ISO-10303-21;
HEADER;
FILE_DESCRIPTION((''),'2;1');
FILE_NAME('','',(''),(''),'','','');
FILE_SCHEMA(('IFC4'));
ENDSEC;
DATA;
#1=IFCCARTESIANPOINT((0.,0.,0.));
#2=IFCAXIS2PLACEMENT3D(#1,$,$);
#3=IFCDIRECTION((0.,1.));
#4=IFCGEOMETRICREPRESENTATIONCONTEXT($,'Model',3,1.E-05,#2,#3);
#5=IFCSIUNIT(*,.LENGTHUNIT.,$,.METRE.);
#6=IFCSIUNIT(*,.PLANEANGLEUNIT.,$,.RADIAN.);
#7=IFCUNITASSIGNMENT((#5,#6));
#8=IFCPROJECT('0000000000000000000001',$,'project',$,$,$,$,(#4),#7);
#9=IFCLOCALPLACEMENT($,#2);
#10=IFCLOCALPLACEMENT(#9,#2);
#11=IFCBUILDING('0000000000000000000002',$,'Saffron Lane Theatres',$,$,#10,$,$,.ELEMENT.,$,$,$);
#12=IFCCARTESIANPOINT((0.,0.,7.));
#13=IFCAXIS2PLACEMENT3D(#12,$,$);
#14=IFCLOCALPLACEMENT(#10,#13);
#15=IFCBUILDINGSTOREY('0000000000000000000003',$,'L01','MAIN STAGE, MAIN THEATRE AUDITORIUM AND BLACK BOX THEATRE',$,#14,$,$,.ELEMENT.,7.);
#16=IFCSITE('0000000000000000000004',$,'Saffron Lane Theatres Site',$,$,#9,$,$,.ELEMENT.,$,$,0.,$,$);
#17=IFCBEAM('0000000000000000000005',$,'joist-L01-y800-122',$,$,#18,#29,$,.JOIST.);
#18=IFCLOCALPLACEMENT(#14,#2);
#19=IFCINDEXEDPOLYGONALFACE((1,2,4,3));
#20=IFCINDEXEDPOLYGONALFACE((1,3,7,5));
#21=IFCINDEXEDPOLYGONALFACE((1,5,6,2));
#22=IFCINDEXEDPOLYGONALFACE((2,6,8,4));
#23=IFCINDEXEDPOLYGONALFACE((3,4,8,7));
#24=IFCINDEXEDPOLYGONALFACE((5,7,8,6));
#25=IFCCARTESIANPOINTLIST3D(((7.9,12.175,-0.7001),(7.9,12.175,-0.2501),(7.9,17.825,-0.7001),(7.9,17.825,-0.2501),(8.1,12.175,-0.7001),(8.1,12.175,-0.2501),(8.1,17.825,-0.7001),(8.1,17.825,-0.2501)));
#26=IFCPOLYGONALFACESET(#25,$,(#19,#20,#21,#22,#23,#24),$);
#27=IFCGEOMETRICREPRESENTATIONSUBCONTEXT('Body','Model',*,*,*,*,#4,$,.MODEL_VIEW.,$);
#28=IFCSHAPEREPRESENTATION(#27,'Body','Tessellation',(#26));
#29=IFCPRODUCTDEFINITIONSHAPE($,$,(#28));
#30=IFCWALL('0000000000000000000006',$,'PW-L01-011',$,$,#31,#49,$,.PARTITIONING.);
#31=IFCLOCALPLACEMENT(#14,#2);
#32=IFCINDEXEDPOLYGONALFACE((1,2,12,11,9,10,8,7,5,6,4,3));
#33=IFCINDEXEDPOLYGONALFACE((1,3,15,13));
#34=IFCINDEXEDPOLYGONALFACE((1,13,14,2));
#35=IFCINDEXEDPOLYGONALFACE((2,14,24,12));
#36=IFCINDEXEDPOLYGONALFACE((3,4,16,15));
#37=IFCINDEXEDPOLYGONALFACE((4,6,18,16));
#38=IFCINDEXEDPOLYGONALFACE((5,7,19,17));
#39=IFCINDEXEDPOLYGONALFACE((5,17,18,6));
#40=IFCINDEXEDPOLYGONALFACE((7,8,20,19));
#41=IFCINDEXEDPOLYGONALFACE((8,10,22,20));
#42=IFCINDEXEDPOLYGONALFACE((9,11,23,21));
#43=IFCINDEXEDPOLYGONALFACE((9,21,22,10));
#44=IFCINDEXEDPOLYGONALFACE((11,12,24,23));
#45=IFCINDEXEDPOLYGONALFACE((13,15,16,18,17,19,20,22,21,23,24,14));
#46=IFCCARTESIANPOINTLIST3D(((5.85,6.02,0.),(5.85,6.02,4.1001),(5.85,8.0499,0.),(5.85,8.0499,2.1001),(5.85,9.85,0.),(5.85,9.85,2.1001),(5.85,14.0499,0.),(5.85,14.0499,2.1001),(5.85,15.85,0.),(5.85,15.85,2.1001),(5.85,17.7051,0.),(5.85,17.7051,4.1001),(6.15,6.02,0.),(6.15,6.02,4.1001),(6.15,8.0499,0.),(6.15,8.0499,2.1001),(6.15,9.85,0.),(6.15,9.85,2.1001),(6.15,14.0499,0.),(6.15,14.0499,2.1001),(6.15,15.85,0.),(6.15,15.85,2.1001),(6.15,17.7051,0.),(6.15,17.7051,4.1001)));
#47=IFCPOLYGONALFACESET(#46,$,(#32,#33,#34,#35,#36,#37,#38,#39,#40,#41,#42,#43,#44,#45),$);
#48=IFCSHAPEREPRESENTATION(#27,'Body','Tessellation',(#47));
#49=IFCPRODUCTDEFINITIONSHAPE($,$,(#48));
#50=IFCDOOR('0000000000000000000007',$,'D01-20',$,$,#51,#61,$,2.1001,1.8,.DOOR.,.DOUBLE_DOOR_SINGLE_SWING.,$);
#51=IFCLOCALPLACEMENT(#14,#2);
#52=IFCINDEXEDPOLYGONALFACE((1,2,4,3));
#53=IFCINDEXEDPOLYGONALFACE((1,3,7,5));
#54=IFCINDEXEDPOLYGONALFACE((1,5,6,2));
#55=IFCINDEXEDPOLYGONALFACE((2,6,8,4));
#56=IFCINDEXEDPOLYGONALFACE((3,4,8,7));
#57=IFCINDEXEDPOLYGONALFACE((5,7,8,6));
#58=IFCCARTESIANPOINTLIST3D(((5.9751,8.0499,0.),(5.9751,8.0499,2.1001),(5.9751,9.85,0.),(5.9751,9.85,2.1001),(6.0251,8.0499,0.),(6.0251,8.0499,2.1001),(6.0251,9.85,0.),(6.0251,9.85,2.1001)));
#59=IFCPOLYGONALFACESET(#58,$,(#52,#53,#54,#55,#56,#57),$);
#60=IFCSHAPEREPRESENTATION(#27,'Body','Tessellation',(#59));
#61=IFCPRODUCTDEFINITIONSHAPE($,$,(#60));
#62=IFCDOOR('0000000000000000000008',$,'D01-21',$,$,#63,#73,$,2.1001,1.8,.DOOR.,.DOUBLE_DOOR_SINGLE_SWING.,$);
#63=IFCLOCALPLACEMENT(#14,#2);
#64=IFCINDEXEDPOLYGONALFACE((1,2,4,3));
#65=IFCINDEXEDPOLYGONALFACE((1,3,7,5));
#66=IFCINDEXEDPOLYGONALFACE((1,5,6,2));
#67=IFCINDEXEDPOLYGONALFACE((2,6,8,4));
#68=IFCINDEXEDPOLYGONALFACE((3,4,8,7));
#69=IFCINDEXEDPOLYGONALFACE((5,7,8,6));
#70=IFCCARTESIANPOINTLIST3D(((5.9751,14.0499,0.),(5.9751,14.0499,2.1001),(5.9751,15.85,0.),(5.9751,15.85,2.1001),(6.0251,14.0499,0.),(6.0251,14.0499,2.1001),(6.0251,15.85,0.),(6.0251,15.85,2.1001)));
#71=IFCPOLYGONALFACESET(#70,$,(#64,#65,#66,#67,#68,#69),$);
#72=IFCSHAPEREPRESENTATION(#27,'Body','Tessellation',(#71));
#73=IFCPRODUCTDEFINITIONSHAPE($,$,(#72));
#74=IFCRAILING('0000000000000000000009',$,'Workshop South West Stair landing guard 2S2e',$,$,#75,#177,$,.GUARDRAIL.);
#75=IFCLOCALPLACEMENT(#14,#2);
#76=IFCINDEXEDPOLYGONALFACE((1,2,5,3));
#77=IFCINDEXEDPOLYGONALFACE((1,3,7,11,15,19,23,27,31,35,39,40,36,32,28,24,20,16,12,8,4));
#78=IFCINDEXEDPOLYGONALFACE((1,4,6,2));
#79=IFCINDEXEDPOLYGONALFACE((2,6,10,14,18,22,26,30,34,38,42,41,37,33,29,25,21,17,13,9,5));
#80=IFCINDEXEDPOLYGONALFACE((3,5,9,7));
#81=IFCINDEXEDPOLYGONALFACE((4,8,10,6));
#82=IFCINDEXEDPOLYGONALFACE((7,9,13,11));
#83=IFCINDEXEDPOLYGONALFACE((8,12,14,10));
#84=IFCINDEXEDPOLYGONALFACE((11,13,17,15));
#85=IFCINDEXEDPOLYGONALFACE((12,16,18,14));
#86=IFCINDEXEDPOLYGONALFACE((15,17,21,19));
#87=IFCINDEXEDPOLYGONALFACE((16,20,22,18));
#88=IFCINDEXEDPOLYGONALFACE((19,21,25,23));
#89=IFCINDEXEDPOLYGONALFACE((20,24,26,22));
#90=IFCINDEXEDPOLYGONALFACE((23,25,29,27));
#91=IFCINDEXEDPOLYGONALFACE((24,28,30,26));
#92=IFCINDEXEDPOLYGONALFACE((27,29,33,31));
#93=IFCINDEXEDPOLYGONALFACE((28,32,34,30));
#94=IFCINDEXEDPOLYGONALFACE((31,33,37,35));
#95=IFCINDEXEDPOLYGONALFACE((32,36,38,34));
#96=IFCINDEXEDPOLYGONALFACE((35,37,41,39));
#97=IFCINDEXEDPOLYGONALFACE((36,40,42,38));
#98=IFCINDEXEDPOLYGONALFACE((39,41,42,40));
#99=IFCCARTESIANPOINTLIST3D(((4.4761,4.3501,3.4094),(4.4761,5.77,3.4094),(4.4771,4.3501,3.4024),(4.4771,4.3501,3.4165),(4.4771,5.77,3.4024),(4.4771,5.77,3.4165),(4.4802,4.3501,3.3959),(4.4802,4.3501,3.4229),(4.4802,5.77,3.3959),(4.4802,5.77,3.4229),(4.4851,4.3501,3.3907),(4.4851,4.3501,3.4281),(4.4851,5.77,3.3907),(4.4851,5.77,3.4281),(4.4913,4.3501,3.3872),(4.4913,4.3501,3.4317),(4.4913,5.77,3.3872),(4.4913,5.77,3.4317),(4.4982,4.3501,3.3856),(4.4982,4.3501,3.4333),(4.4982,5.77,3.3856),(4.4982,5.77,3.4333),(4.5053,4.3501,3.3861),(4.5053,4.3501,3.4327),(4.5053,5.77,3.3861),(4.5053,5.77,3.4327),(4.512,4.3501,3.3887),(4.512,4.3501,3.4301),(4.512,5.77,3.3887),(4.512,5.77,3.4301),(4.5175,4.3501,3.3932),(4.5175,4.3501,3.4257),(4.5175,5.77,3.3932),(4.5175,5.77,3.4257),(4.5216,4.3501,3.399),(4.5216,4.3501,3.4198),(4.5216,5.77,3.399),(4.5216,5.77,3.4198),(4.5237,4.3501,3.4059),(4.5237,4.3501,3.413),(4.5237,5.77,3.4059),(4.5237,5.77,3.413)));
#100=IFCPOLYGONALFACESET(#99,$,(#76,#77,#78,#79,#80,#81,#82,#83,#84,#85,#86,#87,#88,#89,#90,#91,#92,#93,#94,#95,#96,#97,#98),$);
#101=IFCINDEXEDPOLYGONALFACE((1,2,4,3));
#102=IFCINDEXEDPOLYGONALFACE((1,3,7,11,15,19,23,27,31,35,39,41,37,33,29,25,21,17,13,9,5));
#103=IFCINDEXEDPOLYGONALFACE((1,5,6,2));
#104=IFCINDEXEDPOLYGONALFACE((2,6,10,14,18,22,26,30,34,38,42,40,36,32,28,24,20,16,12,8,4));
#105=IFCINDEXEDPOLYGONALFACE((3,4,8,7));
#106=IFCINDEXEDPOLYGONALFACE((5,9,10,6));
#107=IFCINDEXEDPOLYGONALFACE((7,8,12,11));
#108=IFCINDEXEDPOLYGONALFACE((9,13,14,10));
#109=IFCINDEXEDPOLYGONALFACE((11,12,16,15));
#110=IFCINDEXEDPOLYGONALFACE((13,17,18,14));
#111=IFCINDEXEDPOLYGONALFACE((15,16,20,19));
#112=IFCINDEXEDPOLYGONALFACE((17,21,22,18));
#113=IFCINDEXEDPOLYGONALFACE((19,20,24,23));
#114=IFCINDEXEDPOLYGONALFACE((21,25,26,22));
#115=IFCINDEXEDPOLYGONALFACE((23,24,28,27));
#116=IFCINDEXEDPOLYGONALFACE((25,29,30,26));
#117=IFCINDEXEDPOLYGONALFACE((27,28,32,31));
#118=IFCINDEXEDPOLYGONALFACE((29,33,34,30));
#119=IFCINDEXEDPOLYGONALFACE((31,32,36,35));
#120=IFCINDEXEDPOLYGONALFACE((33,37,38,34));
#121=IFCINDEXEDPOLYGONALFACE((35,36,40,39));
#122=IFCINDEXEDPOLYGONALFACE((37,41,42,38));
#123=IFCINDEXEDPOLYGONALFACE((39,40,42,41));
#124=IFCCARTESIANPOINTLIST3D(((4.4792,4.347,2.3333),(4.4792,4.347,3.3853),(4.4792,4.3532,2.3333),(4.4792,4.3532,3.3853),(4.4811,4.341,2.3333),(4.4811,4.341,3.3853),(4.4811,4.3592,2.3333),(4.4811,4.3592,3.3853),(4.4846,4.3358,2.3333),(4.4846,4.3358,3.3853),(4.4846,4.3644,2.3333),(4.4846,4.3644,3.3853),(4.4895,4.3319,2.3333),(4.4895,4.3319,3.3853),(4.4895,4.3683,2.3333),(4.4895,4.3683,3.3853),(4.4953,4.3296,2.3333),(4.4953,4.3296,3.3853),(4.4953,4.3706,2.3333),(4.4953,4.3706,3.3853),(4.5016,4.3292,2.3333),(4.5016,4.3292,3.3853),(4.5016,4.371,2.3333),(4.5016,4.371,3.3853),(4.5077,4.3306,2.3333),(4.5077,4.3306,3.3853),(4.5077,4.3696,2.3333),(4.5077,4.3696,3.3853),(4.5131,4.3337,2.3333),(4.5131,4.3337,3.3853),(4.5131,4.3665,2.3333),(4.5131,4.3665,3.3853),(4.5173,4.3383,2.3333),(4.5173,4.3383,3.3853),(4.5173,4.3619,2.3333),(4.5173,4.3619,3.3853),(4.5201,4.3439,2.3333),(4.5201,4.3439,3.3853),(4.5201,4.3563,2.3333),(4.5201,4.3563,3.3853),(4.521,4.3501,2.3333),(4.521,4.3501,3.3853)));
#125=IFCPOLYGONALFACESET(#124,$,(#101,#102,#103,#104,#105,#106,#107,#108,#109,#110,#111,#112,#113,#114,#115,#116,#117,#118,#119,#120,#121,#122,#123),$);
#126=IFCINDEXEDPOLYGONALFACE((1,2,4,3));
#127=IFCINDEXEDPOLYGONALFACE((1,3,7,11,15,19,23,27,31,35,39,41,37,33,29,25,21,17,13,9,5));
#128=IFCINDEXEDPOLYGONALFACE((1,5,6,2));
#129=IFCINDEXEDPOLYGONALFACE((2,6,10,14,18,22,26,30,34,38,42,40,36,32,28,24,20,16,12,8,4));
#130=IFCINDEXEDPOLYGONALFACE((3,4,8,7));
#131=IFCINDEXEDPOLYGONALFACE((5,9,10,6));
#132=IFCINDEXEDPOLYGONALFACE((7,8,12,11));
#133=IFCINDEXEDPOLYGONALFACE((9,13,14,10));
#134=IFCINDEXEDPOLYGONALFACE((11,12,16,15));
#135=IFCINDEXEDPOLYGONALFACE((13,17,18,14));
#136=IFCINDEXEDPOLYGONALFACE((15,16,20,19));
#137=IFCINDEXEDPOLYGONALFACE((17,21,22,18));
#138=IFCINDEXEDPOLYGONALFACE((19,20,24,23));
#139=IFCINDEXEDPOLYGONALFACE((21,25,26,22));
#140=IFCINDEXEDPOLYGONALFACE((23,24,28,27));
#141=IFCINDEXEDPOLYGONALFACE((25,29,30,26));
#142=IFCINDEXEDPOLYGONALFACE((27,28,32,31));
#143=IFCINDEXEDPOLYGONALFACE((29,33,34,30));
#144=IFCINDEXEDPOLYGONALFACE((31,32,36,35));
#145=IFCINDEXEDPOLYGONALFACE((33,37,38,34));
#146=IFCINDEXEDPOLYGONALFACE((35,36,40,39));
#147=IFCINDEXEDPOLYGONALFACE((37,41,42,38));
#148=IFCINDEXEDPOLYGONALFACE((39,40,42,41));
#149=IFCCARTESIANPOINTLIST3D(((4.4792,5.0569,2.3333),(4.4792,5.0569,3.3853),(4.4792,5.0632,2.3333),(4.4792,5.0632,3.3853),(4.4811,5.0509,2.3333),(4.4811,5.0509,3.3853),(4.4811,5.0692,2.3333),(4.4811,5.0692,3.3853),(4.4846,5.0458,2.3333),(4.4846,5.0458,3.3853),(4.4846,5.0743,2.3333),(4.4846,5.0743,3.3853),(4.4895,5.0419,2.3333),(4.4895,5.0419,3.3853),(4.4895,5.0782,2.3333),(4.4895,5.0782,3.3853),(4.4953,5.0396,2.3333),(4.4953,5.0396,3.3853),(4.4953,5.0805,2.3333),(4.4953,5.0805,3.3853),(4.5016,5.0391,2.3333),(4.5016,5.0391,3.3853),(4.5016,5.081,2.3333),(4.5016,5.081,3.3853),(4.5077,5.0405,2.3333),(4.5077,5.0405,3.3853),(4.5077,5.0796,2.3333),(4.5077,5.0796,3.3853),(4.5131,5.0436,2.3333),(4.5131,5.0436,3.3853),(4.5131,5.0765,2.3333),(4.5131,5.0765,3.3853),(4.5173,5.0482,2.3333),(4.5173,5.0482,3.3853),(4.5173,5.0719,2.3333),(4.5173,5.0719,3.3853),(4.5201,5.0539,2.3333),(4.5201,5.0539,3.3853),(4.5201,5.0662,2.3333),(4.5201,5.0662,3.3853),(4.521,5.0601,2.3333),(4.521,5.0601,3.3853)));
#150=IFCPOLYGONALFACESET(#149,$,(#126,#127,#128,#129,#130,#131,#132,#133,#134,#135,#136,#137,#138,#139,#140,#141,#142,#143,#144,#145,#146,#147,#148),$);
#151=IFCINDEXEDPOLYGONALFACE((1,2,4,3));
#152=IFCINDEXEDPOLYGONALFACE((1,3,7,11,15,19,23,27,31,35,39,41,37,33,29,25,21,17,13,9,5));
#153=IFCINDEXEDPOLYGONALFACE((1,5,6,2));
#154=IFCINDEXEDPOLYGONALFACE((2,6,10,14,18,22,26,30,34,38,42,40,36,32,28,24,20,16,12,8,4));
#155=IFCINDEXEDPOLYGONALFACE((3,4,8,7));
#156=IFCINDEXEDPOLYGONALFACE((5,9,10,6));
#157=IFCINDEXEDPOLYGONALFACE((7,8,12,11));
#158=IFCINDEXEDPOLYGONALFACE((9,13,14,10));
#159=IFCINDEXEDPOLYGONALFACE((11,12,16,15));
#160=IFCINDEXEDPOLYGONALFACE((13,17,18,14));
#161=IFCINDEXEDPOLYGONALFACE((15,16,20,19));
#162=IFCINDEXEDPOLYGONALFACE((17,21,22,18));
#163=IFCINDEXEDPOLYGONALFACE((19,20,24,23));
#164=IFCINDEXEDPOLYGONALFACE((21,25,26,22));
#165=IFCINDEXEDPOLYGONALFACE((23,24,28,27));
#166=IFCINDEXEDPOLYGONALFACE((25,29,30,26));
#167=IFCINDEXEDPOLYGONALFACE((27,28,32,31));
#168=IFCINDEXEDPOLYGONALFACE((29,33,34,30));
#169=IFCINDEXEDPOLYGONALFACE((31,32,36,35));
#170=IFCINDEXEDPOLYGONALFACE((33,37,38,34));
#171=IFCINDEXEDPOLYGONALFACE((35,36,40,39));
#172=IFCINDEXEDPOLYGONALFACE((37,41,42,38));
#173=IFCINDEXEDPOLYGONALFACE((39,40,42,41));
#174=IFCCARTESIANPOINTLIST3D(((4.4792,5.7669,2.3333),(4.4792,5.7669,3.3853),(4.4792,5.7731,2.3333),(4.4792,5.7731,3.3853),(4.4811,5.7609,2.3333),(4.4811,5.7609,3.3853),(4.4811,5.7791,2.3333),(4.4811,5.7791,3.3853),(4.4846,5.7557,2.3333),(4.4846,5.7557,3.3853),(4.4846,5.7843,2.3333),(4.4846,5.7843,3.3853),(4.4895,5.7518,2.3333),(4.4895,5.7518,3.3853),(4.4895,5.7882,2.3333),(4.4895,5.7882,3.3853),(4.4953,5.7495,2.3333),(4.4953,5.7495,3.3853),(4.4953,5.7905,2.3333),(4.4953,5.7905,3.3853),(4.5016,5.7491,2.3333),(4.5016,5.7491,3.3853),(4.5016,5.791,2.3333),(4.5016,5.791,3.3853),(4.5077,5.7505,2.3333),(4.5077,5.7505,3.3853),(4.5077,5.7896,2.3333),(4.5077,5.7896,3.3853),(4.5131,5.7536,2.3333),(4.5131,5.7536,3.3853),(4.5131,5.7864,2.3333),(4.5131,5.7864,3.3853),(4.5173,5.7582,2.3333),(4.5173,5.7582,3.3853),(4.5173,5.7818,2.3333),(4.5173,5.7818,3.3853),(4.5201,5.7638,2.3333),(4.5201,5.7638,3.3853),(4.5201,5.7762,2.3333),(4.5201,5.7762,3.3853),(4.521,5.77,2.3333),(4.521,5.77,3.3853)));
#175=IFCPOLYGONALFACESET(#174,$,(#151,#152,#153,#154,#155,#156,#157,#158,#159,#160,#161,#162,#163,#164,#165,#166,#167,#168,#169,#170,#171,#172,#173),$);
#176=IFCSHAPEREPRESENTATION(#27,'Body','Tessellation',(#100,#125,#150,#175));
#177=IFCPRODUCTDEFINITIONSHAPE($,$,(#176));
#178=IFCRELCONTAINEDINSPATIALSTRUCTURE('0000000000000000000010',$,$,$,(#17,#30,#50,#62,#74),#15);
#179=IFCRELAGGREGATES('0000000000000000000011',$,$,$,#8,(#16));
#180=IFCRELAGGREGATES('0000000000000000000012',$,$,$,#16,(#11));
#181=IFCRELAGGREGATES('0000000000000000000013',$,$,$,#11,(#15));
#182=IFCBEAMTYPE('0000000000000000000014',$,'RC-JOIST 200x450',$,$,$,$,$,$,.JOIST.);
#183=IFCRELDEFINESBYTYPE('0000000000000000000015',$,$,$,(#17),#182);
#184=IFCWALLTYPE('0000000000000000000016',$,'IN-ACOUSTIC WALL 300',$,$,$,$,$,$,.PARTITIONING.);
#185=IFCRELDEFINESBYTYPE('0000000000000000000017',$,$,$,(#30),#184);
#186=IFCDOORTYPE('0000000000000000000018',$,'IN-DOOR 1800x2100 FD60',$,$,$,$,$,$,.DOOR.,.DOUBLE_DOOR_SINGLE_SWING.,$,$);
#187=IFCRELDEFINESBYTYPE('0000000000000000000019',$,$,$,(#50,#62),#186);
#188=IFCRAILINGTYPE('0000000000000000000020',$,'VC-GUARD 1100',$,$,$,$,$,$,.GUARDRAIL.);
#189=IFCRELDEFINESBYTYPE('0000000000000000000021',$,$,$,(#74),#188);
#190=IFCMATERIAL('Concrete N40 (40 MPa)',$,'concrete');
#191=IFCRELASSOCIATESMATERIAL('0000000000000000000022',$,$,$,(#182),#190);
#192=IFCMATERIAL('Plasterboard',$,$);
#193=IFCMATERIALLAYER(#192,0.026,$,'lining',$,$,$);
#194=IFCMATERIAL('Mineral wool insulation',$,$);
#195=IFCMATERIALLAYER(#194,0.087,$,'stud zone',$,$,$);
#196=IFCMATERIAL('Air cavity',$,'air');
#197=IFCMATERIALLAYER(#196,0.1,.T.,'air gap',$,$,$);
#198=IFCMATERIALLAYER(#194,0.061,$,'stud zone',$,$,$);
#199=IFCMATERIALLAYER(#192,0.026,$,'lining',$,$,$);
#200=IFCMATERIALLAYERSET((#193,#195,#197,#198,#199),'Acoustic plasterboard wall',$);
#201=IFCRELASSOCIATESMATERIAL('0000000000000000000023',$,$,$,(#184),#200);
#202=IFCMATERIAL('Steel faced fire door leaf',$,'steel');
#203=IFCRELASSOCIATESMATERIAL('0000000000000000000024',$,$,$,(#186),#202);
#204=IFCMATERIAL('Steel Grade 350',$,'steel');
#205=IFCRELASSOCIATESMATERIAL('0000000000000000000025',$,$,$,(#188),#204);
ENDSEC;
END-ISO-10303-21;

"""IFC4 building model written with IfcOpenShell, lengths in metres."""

from ifc_helpers import new_model, si_unit, direction, frame, frame_2d, origin, origin_2d, place, context, subcontext, project, spatial, rectangle, circle, extrude, material, layer, layer_set, material_profile, profile_set, type_object, element, fill, save


model = new_model("IFC4")

# Units and contexts
model_context = context("Model", 3, precision=1e-05, world=origin(), true_north=direction((0.0, 1.0)))
body_context = subcontext(model_context, "Body", "Model", "MODEL_VIEW")
ifc_project = project(units=[si_unit("LENGTHUNIT", "METRE"), si_unit("PLANEANGLEUNIT", "RADIAN")], contexts=[model_context])

# Site, building, storey
site_placement = place(None, origin())
site = spatial("IfcSite", under=ifc_project, at=site_placement, Name="Saffron Lane Theatres Site", CompositionType="ELEMENT", RefElevation=0.0)
building_placement = place(site_placement, origin())
building = spatial("IfcBuilding", under=site, at=building_placement, Name="Saffron Lane Theatres", CompositionType="ELEMENT")
storey_placement = place(building_placement, frame((0.0, 0.0, 7.0)))
storey = spatial("IfcBuildingStorey", under=building, at=storey_placement, Name="L01", Description="MAIN STAGE, MAIN THEATRE AUDITORIUM AND BLACK BOX THEATRE", CompositionType="ELEMENT", Elevation=7.0)

# Beam
ifc_material_1 = material(Name="Concrete N40 (40 MPa)", Category="concrete")
ifc_material_profile_1 = material_profile(ifc_material_1, rectangle(XDim=0.2, YDim=0.45, at=origin_2d()))
ifc_profile_set_1 = profile_set([ifc_material_profile_1], Name="Concrete N40 (40 MPa)")
beam_type_1 = type_object("IfcBeamType", Name="RC-JOIST 200x450", PredefinedType="JOIST", material=ifc_profile_set_1)
for number, where, z_axis, x_axis, name in (
    (1, (8.0, 12.175, -0.4751), (0.0, 1.0, 0.0), (-1.0, 0.0, 0.0), "joist-L01-y800-122"),
):
    element("IfcBeam", number, at=place(storey_placement, frame(where, z_axis=z_axis, x_axis=x_axis)), inside=storey, type_object=beam_type_1, Name=name, PredefinedType="JOIST", context=body_context, shape_type="SweptSolid", body=[
        extrude(rectangle(XDim=0.2, YDim=0.45, at=origin_2d()), origin(), (0.0, 0.0, 1.0), 5.6499),
    ])

# Wall, openings, doors
ifc_material_2 = material(Name="Plasterboard")
ifc_layer_1 = layer(ifc_material_2, 0.026, Name="lining")
ifc_material_3 = material(Name="Mineral wool insulation")
ifc_layer_2 = layer(ifc_material_3, 0.087, Name="stud zone")
ifc_material_4 = material(Name="Air cavity", Category="air")
ifc_layer_3 = layer(ifc_material_4, 0.1, ventilated=True, Name="air gap")
ifc_layer_4 = layer(ifc_material_3, 0.061, Name="stud zone")
ifc_layer_5 = layer(ifc_material_2, 0.026, Name="lining")
ifc_layer_set = layer_set([ifc_layer_1, ifc_layer_2, ifc_layer_3, ifc_layer_4, ifc_layer_5], Name="Acoustic plasterboard wall")
wall_type = type_object("IfcWallType", Name="IN-ACOUSTIC WALL 300", PredefinedType="PARTITIONING", material=ifc_layer_set)
wall_placement = place(storey_placement, frame((6.0, 6.02, 0.0), z_axis=(0.0, 0.0, 1.0), x_axis=(0.0, 1.0, 0.0)))
wall = element("IfcWall", 2, at=wall_placement, inside=storey, type_object=wall_type, Name="PW-L01-011", PredefinedType="PARTITIONING", context=body_context, shape_type="SweptSolid", body=[
    extrude(rectangle(XDim=11.6851, YDim=0.3, at=frame_2d((5.8425, 0.0))), origin(), (0.0, 0.0, 1.0), 4.1001),
])
opening_1_placement = place(wall_placement, frame((2.03, 0.0, 0.0)))
opening_1 = element("IfcOpeningElement", 3, at=opening_1_placement, cuts=wall, PredefinedType="OPENING", context=body_context, shape_type="SweptSolid", body=[
    extrude(rectangle(XDim=1.8, YDim=2.1001, at=frame_2d((0.8999, 1.05))), frame((0.0, 0.1602, 0.0), z_axis=(0.0, -1.0, 0.0), x_axis=(1.0, 0.0, 0.0)), (0.0, 0.0, 1.0), 0.3201),
])
opening_2_placement = place(wall_placement, frame((8.03, 0.0, 0.0)))
opening_2 = element("IfcOpeningElement", 4, at=opening_2_placement, cuts=wall, PredefinedType="OPENING", context=body_context, shape_type="SweptSolid", body=[
    extrude(rectangle(XDim=1.8, YDim=2.1001, at=frame_2d((0.8999, 1.05))), frame((0.0, 0.1602, 0.0), z_axis=(0.0, -1.0, 0.0), x_axis=(1.0, 0.0, 0.0)), (0.0, 0.0, 1.0), 0.3201),
])
ifc_material_5 = material(Name="Steel faced fire door leaf", Category="steel")
door_type = type_object("IfcDoorType", Name="IN-DOOR 1800x2100 FD60", OperationType="DOUBLE_DOOR_SINGLE_SWING", PredefinedType="DOOR", material=ifc_material_5)
door_1_placement = place(opening_1_placement, origin())
door_1 = element("IfcDoor", 5, at=door_1_placement, inside=storey, type_object=door_type, Name="D01-20", OperationType="DOUBLE_DOOR_SINGLE_SWING", OverallHeight=2.1001, OverallWidth=1.8, PredefinedType="DOOR", context=body_context, shape_type="SweptSolid", body=[
    extrude(rectangle(XDim=1.8, YDim=2.1001, at=frame_2d((0.8999, 1.05))), frame((0.0, 0.0249, 0.0), z_axis=(0.0, -1.0, 0.0), x_axis=(1.0, 0.0, 0.0)), (0.0, 0.0, 1.0), 0.05),
])
fill(opening_1, door_1)
door_2_placement = place(opening_2_placement, origin())
door_2 = element("IfcDoor", 6, at=door_2_placement, inside=storey, type_object=door_type, Name="D01-21", OperationType="DOUBLE_DOOR_SINGLE_SWING", OverallHeight=2.1001, OverallWidth=1.8, PredefinedType="DOOR", context=body_context, shape_type="SweptSolid", body=[
    extrude(rectangle(XDim=1.8, YDim=2.1001, at=frame_2d((0.8999, 1.05))), frame((0.0, 0.0249, 0.0), z_axis=(0.0, -1.0, 0.0), x_axis=(1.0, 0.0, 0.0)), (0.0, 0.0, 1.0), 0.05),
])
fill(opening_2, door_2)

# Railing
ifc_material_6 = material(Name="Steel Grade 350", Category="steel")
railing_type = type_object("IfcRailingType", Name="VC-GUARD 1100", PredefinedType="GUARDRAIL", material=ifc_material_6)
railing_placement = place(storey_placement, frame((4.5, 4.3501, 2.3333)))
element("IfcRailing", 7, at=railing_placement, inside=storey, type_object=railing_type, Name="Workshop South West Stair landing guard 2S2e", PredefinedType="GUARDRAIL", context=body_context, shape_type="SweptSolid", body=[
    extrude(circle(Radius=0.0239, at=origin_2d()), frame((0.0, 0.0, 1.0762), z_axis=(0.0, 1.0, 0.0), x_axis=(-1.0, 0.0, 0.0)), (0.0, 0.0, 1.0), 1.4199),
    extrude(circle(Radius=0.021, at=origin_2d()), origin(), (0.0, 0.0, 1.0), 1.052),
    extrude(circle(Radius=0.021, at=origin_2d()), frame((0.0, 0.71, 0.0)), (0.0, 0.0, 1.0), 1.052),
    extrude(circle(Radius=0.021, at=origin_2d()), frame((0.0, 1.4199, 0.0)), (0.0, 0.0, 1.0), 1.052),
])

save(model, "model.ifc")
